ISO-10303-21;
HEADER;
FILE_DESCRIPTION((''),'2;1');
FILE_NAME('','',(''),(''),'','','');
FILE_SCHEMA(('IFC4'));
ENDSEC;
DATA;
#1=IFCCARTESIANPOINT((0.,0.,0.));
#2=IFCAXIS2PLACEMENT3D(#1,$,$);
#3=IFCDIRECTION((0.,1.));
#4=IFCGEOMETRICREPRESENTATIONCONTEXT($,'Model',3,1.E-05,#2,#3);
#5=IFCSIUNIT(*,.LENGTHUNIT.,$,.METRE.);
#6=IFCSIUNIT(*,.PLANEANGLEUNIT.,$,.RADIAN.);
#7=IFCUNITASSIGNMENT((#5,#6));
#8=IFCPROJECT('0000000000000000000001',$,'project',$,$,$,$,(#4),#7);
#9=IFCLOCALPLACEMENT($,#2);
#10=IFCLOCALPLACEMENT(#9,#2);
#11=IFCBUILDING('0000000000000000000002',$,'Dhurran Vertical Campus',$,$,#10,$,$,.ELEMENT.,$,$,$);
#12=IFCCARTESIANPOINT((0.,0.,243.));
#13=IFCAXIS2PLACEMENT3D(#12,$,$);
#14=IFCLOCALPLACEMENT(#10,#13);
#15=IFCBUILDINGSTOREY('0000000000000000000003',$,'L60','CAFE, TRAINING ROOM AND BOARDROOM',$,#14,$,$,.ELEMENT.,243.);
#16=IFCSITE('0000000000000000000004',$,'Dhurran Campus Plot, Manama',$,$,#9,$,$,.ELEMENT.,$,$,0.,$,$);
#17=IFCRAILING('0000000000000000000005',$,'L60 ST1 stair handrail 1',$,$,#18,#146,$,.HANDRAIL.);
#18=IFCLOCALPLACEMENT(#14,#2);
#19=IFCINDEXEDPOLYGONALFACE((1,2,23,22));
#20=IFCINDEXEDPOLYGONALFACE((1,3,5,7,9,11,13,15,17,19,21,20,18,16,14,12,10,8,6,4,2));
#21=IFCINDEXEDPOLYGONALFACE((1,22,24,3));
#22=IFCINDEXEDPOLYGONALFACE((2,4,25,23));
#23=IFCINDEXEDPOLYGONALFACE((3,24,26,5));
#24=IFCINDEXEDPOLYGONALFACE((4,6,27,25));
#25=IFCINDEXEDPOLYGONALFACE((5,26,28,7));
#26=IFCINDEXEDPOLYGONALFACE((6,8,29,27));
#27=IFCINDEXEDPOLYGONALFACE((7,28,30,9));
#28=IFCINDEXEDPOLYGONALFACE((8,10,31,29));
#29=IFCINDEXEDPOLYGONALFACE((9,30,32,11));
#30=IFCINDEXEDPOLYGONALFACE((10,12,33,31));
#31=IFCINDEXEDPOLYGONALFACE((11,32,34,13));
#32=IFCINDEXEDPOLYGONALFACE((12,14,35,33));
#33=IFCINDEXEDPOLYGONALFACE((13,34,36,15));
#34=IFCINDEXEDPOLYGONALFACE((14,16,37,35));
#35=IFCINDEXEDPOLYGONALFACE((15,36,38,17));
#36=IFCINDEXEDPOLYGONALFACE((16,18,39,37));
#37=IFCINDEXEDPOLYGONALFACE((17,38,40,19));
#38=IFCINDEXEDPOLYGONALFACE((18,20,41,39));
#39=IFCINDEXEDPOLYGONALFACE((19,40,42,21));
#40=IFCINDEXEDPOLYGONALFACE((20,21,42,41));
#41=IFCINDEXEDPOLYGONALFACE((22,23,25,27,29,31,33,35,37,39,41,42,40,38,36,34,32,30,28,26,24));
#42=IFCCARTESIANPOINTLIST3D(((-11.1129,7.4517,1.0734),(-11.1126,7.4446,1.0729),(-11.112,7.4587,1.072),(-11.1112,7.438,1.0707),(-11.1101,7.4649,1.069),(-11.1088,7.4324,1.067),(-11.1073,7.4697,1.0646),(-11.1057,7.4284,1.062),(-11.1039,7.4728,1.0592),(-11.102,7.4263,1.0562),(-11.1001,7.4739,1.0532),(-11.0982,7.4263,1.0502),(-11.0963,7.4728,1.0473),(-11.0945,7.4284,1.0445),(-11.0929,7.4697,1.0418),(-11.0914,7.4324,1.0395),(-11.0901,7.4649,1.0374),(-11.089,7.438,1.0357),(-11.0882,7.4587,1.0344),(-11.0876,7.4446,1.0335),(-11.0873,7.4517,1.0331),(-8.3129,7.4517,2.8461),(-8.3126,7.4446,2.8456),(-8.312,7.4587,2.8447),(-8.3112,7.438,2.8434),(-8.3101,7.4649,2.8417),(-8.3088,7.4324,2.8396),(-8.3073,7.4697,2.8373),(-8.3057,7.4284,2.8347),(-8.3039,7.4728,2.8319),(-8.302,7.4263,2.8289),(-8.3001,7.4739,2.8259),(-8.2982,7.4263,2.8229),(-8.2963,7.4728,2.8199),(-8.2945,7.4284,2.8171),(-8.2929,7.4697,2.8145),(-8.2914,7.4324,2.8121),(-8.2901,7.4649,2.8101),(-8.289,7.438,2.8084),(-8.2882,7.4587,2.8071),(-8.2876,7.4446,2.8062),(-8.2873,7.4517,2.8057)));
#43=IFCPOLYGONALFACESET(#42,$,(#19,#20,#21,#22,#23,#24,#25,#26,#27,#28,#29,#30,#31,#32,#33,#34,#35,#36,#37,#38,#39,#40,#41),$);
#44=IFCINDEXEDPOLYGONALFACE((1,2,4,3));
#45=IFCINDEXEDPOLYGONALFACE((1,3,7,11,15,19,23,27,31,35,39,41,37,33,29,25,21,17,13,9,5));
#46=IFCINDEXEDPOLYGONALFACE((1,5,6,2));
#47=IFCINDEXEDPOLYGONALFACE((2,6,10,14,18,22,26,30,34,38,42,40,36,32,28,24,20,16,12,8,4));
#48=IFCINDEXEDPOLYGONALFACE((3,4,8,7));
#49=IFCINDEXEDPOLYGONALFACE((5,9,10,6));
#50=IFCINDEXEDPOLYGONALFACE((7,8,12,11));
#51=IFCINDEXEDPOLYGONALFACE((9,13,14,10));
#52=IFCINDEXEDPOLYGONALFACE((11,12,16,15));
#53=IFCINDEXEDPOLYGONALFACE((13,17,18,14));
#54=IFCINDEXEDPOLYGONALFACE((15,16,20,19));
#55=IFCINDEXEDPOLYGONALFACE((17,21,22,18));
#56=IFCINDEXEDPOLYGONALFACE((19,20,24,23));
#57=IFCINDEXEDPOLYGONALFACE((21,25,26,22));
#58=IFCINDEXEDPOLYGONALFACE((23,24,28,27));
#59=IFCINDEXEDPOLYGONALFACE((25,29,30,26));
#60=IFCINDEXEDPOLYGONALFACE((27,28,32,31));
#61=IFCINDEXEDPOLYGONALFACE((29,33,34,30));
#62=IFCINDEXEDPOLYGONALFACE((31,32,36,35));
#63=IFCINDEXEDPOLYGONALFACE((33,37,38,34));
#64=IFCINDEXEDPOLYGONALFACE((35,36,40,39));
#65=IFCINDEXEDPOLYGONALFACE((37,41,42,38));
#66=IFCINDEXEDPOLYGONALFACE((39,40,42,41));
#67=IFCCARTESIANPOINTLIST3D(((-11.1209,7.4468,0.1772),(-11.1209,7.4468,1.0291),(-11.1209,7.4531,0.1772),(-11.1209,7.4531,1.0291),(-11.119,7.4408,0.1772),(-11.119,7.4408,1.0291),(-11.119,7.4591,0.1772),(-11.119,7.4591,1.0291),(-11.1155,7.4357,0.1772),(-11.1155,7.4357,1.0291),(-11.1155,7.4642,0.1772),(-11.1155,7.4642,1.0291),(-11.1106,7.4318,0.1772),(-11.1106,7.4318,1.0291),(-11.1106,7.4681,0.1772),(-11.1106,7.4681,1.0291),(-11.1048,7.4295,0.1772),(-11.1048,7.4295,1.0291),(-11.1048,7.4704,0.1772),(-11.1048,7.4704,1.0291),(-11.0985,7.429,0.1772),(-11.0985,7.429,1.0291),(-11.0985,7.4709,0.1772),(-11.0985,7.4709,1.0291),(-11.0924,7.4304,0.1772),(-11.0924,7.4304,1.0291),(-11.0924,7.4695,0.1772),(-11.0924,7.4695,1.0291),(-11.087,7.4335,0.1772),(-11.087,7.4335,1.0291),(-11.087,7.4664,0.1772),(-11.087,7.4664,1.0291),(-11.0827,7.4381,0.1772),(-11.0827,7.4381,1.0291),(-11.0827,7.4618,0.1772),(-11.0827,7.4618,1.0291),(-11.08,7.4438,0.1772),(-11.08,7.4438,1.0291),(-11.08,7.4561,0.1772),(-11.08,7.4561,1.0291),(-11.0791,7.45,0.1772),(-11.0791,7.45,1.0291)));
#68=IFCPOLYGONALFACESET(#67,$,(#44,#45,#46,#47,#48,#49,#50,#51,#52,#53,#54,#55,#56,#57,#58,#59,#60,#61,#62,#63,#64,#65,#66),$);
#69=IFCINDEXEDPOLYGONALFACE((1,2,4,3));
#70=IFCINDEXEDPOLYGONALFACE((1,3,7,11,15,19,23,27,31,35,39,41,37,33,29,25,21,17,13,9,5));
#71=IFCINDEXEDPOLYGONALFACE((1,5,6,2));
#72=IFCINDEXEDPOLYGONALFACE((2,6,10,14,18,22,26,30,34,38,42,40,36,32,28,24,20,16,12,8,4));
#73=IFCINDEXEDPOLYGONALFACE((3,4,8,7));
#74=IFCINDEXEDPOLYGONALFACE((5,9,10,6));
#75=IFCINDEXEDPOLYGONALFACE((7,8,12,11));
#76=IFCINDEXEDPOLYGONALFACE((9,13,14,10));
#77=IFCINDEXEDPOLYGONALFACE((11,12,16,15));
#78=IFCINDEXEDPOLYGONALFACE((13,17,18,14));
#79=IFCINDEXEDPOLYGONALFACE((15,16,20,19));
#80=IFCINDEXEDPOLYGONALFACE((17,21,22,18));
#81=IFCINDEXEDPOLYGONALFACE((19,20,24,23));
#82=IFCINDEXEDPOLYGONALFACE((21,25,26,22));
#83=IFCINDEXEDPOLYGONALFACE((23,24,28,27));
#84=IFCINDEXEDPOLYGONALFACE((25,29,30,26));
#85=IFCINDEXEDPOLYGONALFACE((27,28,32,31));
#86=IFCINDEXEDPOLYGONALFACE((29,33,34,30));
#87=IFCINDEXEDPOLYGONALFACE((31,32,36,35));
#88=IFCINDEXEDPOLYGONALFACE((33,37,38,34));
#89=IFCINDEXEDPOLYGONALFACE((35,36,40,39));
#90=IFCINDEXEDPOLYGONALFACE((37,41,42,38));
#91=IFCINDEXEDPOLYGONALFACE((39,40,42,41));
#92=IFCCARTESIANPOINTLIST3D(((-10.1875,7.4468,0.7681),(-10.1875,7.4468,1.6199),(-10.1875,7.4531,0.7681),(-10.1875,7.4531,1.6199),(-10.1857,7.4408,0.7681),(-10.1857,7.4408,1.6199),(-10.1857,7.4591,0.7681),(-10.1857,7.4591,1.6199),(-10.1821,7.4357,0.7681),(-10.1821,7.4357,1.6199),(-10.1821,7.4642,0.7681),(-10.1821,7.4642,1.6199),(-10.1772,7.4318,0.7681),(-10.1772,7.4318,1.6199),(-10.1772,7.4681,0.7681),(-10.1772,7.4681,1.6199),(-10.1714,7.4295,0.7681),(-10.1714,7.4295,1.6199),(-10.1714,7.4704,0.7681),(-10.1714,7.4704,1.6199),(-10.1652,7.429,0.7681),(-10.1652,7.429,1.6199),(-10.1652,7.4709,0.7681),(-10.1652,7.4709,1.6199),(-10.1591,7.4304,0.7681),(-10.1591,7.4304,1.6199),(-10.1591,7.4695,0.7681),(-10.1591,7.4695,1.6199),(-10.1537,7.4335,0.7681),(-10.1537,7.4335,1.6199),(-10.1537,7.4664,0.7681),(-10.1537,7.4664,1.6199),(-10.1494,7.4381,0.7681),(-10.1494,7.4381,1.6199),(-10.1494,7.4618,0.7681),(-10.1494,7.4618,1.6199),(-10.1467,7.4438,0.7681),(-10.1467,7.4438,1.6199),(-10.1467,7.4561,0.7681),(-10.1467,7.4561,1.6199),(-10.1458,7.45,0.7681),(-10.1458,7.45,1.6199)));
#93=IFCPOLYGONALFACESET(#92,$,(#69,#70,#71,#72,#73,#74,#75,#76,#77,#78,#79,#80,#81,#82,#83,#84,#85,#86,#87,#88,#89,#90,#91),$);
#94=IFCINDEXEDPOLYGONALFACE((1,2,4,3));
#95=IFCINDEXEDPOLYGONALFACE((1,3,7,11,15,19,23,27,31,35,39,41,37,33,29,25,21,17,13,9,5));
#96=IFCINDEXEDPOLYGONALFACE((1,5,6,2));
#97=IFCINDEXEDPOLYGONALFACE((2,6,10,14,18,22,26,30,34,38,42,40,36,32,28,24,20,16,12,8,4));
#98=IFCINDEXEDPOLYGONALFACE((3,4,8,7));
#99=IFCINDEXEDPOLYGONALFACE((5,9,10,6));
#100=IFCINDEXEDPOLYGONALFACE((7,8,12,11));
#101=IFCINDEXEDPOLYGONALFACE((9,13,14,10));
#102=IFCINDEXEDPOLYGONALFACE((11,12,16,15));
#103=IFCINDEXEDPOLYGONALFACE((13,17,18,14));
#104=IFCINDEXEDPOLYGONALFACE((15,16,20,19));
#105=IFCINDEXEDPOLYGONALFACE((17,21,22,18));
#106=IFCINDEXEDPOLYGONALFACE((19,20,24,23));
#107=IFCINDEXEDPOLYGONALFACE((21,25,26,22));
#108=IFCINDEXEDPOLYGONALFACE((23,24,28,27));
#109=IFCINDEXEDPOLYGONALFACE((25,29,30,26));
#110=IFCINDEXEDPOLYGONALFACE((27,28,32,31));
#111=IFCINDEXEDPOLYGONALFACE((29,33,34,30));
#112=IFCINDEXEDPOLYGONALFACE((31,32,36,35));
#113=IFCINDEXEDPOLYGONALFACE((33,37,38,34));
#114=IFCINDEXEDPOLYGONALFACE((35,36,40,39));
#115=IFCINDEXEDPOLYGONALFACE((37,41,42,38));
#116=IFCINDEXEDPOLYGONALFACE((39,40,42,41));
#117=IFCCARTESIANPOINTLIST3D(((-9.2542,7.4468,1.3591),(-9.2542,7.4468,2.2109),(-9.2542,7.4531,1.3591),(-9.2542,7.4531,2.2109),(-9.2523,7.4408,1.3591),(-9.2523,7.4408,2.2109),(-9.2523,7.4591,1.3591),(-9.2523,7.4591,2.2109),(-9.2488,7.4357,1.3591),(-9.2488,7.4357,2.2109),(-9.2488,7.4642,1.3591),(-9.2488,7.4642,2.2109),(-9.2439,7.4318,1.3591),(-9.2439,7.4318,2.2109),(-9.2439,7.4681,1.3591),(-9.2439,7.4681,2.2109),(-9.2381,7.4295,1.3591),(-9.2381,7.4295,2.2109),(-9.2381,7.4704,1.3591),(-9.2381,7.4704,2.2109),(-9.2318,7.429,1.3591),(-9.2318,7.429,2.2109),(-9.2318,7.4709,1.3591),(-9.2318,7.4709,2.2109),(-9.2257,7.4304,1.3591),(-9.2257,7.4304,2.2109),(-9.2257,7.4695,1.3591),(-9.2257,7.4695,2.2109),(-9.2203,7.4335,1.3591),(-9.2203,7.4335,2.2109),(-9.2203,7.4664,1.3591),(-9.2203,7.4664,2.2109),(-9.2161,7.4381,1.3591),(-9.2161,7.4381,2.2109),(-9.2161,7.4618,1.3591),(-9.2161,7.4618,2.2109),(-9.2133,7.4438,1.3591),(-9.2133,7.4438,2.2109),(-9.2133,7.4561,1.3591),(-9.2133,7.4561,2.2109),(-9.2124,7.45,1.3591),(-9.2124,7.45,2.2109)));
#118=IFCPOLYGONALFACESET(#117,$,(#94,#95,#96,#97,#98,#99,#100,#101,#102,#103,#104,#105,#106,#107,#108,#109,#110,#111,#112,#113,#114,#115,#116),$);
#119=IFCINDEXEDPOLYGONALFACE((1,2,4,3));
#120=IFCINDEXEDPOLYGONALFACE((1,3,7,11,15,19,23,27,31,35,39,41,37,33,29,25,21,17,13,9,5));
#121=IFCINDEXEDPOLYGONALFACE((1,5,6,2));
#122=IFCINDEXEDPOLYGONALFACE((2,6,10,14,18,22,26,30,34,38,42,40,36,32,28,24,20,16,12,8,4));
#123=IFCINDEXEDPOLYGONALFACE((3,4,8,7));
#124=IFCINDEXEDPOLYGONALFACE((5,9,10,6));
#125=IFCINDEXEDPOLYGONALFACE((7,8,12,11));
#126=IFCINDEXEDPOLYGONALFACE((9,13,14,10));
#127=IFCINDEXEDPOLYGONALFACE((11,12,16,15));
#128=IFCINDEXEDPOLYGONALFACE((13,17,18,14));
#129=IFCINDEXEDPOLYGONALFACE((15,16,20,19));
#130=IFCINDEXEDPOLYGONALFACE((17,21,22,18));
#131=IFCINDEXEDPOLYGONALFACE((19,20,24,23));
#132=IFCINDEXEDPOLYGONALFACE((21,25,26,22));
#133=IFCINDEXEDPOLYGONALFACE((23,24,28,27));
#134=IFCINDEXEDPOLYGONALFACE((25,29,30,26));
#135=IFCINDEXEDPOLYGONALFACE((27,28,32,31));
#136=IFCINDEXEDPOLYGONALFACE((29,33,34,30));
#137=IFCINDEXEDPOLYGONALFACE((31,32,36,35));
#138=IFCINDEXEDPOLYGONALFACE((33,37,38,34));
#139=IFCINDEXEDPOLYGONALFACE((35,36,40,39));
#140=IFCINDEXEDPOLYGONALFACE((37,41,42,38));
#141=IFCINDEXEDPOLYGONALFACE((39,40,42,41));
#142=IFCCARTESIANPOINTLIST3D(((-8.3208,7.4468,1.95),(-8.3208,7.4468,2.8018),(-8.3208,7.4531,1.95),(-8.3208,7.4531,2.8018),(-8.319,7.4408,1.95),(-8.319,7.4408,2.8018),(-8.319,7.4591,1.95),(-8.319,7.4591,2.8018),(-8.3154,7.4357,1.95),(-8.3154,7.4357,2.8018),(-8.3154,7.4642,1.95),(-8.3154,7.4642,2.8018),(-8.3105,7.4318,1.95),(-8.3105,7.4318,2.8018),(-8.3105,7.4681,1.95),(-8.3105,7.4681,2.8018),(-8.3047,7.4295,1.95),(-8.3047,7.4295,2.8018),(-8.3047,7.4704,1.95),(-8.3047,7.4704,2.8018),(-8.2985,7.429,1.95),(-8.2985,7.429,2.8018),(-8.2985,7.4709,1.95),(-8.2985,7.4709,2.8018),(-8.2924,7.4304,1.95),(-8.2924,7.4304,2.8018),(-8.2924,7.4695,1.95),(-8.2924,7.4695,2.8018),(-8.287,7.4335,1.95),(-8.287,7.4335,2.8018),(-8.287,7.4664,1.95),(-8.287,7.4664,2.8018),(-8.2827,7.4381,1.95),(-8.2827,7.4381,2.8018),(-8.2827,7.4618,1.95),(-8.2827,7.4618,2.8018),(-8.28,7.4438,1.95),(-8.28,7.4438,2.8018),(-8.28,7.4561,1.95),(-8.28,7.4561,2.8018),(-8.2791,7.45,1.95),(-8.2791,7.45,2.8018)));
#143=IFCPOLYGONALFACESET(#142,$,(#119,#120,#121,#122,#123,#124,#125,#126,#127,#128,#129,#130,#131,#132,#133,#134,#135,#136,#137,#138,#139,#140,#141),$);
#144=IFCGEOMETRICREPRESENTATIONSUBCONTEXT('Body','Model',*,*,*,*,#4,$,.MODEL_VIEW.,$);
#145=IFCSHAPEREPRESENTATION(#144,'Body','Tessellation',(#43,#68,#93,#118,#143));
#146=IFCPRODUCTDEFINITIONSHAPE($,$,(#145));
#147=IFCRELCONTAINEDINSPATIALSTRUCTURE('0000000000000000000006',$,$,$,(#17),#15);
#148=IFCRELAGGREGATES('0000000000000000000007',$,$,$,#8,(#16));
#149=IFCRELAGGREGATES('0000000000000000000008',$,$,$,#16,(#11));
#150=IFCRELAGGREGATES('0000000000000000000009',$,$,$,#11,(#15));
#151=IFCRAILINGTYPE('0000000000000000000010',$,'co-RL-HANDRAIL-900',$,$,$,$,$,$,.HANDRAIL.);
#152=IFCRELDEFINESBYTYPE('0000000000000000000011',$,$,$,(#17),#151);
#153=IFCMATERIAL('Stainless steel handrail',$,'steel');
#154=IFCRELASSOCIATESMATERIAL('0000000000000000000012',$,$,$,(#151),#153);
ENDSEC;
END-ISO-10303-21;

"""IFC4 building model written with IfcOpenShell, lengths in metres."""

from ifc_helpers import new_model, si_unit, direction, frame, origin, origin_2d, place, context, subcontext, project, spatial, circle, extrude, material, type_object, element, save


model = new_model("IFC4")

# Units and contexts
model_context = context("Model", 3, precision=1e-05, world=origin(), true_north=direction((0.0, 1.0)))
body_context = subcontext(model_context, "Body", "Model", "MODEL_VIEW")
ifc_project = project(units=[si_unit("LENGTHUNIT", "METRE"), si_unit("PLANEANGLEUNIT", "RADIAN")], contexts=[model_context])

# Site, building, storey
site_placement = place(None, origin())
site = spatial("IfcSite", under=ifc_project, at=site_placement, Name="Dhurran Campus Plot, Manama", CompositionType="ELEMENT", RefElevation=0.0)
building_placement = place(site_placement, origin())
building = spatial("IfcBuilding", under=site, at=building_placement, Name="Dhurran Vertical Campus", CompositionType="ELEMENT")
storey_placement = place(building_placement, frame((0.0, 0.0, 243.0)))
storey = spatial("IfcBuildingStorey", under=building, at=storey_placement, Name="L60", Description="CAFE, TRAINING ROOM AND BOARDROOM", CompositionType="ELEMENT", Elevation=243.0)

# Railing
ifc_material_1 = material(Name="Stainless steel handrail", Category="steel")
railing_type_1 = type_object("IfcRailingType", Name="co-RL-HANDRAIL-900", PredefinedType="HANDRAIL", material=ifc_material_1)
railing_1_placement = place(storey_placement, frame((-11.1001, 7.45, 0.1772)))
element("IfcRailing", 1, at=railing_1_placement, inside=storey, type_object=railing_type_1, Name="L60 ST1 stair handrail 1", PredefinedType="HANDRAIL", context=body_context, shape_type="SweptSolid", body=[
    extrude(circle(Radius=0.0239, at=origin_2d()), frame((0.0, 0.0, 0.876), z_axis=(0.844909, 0.0, 0.53491), x_axis=(0.0, 1.0, 0.0)), (0.0, 0.0, 1.0), 3.314),
    extrude(circle(Radius=0.021, at=origin_2d()), origin(), (0.0, 0.0, 1.0), 0.8518),
    extrude(circle(Radius=0.021, at=origin_2d()), frame((0.9333, 0.0, 0.5908)), (0.0, 0.0, 1.0), 0.8518),
    extrude(circle(Radius=0.021, at=origin_2d()), frame((1.8667, 0.0, 1.1819)), (0.0, 0.0, 1.0), 0.8518),
    extrude(circle(Radius=0.021, at=origin_2d()), frame((2.8, 0.0, 1.7727)), (0.0, 0.0, 1.0), 0.8518),
])

save(model, "model.ifc")
